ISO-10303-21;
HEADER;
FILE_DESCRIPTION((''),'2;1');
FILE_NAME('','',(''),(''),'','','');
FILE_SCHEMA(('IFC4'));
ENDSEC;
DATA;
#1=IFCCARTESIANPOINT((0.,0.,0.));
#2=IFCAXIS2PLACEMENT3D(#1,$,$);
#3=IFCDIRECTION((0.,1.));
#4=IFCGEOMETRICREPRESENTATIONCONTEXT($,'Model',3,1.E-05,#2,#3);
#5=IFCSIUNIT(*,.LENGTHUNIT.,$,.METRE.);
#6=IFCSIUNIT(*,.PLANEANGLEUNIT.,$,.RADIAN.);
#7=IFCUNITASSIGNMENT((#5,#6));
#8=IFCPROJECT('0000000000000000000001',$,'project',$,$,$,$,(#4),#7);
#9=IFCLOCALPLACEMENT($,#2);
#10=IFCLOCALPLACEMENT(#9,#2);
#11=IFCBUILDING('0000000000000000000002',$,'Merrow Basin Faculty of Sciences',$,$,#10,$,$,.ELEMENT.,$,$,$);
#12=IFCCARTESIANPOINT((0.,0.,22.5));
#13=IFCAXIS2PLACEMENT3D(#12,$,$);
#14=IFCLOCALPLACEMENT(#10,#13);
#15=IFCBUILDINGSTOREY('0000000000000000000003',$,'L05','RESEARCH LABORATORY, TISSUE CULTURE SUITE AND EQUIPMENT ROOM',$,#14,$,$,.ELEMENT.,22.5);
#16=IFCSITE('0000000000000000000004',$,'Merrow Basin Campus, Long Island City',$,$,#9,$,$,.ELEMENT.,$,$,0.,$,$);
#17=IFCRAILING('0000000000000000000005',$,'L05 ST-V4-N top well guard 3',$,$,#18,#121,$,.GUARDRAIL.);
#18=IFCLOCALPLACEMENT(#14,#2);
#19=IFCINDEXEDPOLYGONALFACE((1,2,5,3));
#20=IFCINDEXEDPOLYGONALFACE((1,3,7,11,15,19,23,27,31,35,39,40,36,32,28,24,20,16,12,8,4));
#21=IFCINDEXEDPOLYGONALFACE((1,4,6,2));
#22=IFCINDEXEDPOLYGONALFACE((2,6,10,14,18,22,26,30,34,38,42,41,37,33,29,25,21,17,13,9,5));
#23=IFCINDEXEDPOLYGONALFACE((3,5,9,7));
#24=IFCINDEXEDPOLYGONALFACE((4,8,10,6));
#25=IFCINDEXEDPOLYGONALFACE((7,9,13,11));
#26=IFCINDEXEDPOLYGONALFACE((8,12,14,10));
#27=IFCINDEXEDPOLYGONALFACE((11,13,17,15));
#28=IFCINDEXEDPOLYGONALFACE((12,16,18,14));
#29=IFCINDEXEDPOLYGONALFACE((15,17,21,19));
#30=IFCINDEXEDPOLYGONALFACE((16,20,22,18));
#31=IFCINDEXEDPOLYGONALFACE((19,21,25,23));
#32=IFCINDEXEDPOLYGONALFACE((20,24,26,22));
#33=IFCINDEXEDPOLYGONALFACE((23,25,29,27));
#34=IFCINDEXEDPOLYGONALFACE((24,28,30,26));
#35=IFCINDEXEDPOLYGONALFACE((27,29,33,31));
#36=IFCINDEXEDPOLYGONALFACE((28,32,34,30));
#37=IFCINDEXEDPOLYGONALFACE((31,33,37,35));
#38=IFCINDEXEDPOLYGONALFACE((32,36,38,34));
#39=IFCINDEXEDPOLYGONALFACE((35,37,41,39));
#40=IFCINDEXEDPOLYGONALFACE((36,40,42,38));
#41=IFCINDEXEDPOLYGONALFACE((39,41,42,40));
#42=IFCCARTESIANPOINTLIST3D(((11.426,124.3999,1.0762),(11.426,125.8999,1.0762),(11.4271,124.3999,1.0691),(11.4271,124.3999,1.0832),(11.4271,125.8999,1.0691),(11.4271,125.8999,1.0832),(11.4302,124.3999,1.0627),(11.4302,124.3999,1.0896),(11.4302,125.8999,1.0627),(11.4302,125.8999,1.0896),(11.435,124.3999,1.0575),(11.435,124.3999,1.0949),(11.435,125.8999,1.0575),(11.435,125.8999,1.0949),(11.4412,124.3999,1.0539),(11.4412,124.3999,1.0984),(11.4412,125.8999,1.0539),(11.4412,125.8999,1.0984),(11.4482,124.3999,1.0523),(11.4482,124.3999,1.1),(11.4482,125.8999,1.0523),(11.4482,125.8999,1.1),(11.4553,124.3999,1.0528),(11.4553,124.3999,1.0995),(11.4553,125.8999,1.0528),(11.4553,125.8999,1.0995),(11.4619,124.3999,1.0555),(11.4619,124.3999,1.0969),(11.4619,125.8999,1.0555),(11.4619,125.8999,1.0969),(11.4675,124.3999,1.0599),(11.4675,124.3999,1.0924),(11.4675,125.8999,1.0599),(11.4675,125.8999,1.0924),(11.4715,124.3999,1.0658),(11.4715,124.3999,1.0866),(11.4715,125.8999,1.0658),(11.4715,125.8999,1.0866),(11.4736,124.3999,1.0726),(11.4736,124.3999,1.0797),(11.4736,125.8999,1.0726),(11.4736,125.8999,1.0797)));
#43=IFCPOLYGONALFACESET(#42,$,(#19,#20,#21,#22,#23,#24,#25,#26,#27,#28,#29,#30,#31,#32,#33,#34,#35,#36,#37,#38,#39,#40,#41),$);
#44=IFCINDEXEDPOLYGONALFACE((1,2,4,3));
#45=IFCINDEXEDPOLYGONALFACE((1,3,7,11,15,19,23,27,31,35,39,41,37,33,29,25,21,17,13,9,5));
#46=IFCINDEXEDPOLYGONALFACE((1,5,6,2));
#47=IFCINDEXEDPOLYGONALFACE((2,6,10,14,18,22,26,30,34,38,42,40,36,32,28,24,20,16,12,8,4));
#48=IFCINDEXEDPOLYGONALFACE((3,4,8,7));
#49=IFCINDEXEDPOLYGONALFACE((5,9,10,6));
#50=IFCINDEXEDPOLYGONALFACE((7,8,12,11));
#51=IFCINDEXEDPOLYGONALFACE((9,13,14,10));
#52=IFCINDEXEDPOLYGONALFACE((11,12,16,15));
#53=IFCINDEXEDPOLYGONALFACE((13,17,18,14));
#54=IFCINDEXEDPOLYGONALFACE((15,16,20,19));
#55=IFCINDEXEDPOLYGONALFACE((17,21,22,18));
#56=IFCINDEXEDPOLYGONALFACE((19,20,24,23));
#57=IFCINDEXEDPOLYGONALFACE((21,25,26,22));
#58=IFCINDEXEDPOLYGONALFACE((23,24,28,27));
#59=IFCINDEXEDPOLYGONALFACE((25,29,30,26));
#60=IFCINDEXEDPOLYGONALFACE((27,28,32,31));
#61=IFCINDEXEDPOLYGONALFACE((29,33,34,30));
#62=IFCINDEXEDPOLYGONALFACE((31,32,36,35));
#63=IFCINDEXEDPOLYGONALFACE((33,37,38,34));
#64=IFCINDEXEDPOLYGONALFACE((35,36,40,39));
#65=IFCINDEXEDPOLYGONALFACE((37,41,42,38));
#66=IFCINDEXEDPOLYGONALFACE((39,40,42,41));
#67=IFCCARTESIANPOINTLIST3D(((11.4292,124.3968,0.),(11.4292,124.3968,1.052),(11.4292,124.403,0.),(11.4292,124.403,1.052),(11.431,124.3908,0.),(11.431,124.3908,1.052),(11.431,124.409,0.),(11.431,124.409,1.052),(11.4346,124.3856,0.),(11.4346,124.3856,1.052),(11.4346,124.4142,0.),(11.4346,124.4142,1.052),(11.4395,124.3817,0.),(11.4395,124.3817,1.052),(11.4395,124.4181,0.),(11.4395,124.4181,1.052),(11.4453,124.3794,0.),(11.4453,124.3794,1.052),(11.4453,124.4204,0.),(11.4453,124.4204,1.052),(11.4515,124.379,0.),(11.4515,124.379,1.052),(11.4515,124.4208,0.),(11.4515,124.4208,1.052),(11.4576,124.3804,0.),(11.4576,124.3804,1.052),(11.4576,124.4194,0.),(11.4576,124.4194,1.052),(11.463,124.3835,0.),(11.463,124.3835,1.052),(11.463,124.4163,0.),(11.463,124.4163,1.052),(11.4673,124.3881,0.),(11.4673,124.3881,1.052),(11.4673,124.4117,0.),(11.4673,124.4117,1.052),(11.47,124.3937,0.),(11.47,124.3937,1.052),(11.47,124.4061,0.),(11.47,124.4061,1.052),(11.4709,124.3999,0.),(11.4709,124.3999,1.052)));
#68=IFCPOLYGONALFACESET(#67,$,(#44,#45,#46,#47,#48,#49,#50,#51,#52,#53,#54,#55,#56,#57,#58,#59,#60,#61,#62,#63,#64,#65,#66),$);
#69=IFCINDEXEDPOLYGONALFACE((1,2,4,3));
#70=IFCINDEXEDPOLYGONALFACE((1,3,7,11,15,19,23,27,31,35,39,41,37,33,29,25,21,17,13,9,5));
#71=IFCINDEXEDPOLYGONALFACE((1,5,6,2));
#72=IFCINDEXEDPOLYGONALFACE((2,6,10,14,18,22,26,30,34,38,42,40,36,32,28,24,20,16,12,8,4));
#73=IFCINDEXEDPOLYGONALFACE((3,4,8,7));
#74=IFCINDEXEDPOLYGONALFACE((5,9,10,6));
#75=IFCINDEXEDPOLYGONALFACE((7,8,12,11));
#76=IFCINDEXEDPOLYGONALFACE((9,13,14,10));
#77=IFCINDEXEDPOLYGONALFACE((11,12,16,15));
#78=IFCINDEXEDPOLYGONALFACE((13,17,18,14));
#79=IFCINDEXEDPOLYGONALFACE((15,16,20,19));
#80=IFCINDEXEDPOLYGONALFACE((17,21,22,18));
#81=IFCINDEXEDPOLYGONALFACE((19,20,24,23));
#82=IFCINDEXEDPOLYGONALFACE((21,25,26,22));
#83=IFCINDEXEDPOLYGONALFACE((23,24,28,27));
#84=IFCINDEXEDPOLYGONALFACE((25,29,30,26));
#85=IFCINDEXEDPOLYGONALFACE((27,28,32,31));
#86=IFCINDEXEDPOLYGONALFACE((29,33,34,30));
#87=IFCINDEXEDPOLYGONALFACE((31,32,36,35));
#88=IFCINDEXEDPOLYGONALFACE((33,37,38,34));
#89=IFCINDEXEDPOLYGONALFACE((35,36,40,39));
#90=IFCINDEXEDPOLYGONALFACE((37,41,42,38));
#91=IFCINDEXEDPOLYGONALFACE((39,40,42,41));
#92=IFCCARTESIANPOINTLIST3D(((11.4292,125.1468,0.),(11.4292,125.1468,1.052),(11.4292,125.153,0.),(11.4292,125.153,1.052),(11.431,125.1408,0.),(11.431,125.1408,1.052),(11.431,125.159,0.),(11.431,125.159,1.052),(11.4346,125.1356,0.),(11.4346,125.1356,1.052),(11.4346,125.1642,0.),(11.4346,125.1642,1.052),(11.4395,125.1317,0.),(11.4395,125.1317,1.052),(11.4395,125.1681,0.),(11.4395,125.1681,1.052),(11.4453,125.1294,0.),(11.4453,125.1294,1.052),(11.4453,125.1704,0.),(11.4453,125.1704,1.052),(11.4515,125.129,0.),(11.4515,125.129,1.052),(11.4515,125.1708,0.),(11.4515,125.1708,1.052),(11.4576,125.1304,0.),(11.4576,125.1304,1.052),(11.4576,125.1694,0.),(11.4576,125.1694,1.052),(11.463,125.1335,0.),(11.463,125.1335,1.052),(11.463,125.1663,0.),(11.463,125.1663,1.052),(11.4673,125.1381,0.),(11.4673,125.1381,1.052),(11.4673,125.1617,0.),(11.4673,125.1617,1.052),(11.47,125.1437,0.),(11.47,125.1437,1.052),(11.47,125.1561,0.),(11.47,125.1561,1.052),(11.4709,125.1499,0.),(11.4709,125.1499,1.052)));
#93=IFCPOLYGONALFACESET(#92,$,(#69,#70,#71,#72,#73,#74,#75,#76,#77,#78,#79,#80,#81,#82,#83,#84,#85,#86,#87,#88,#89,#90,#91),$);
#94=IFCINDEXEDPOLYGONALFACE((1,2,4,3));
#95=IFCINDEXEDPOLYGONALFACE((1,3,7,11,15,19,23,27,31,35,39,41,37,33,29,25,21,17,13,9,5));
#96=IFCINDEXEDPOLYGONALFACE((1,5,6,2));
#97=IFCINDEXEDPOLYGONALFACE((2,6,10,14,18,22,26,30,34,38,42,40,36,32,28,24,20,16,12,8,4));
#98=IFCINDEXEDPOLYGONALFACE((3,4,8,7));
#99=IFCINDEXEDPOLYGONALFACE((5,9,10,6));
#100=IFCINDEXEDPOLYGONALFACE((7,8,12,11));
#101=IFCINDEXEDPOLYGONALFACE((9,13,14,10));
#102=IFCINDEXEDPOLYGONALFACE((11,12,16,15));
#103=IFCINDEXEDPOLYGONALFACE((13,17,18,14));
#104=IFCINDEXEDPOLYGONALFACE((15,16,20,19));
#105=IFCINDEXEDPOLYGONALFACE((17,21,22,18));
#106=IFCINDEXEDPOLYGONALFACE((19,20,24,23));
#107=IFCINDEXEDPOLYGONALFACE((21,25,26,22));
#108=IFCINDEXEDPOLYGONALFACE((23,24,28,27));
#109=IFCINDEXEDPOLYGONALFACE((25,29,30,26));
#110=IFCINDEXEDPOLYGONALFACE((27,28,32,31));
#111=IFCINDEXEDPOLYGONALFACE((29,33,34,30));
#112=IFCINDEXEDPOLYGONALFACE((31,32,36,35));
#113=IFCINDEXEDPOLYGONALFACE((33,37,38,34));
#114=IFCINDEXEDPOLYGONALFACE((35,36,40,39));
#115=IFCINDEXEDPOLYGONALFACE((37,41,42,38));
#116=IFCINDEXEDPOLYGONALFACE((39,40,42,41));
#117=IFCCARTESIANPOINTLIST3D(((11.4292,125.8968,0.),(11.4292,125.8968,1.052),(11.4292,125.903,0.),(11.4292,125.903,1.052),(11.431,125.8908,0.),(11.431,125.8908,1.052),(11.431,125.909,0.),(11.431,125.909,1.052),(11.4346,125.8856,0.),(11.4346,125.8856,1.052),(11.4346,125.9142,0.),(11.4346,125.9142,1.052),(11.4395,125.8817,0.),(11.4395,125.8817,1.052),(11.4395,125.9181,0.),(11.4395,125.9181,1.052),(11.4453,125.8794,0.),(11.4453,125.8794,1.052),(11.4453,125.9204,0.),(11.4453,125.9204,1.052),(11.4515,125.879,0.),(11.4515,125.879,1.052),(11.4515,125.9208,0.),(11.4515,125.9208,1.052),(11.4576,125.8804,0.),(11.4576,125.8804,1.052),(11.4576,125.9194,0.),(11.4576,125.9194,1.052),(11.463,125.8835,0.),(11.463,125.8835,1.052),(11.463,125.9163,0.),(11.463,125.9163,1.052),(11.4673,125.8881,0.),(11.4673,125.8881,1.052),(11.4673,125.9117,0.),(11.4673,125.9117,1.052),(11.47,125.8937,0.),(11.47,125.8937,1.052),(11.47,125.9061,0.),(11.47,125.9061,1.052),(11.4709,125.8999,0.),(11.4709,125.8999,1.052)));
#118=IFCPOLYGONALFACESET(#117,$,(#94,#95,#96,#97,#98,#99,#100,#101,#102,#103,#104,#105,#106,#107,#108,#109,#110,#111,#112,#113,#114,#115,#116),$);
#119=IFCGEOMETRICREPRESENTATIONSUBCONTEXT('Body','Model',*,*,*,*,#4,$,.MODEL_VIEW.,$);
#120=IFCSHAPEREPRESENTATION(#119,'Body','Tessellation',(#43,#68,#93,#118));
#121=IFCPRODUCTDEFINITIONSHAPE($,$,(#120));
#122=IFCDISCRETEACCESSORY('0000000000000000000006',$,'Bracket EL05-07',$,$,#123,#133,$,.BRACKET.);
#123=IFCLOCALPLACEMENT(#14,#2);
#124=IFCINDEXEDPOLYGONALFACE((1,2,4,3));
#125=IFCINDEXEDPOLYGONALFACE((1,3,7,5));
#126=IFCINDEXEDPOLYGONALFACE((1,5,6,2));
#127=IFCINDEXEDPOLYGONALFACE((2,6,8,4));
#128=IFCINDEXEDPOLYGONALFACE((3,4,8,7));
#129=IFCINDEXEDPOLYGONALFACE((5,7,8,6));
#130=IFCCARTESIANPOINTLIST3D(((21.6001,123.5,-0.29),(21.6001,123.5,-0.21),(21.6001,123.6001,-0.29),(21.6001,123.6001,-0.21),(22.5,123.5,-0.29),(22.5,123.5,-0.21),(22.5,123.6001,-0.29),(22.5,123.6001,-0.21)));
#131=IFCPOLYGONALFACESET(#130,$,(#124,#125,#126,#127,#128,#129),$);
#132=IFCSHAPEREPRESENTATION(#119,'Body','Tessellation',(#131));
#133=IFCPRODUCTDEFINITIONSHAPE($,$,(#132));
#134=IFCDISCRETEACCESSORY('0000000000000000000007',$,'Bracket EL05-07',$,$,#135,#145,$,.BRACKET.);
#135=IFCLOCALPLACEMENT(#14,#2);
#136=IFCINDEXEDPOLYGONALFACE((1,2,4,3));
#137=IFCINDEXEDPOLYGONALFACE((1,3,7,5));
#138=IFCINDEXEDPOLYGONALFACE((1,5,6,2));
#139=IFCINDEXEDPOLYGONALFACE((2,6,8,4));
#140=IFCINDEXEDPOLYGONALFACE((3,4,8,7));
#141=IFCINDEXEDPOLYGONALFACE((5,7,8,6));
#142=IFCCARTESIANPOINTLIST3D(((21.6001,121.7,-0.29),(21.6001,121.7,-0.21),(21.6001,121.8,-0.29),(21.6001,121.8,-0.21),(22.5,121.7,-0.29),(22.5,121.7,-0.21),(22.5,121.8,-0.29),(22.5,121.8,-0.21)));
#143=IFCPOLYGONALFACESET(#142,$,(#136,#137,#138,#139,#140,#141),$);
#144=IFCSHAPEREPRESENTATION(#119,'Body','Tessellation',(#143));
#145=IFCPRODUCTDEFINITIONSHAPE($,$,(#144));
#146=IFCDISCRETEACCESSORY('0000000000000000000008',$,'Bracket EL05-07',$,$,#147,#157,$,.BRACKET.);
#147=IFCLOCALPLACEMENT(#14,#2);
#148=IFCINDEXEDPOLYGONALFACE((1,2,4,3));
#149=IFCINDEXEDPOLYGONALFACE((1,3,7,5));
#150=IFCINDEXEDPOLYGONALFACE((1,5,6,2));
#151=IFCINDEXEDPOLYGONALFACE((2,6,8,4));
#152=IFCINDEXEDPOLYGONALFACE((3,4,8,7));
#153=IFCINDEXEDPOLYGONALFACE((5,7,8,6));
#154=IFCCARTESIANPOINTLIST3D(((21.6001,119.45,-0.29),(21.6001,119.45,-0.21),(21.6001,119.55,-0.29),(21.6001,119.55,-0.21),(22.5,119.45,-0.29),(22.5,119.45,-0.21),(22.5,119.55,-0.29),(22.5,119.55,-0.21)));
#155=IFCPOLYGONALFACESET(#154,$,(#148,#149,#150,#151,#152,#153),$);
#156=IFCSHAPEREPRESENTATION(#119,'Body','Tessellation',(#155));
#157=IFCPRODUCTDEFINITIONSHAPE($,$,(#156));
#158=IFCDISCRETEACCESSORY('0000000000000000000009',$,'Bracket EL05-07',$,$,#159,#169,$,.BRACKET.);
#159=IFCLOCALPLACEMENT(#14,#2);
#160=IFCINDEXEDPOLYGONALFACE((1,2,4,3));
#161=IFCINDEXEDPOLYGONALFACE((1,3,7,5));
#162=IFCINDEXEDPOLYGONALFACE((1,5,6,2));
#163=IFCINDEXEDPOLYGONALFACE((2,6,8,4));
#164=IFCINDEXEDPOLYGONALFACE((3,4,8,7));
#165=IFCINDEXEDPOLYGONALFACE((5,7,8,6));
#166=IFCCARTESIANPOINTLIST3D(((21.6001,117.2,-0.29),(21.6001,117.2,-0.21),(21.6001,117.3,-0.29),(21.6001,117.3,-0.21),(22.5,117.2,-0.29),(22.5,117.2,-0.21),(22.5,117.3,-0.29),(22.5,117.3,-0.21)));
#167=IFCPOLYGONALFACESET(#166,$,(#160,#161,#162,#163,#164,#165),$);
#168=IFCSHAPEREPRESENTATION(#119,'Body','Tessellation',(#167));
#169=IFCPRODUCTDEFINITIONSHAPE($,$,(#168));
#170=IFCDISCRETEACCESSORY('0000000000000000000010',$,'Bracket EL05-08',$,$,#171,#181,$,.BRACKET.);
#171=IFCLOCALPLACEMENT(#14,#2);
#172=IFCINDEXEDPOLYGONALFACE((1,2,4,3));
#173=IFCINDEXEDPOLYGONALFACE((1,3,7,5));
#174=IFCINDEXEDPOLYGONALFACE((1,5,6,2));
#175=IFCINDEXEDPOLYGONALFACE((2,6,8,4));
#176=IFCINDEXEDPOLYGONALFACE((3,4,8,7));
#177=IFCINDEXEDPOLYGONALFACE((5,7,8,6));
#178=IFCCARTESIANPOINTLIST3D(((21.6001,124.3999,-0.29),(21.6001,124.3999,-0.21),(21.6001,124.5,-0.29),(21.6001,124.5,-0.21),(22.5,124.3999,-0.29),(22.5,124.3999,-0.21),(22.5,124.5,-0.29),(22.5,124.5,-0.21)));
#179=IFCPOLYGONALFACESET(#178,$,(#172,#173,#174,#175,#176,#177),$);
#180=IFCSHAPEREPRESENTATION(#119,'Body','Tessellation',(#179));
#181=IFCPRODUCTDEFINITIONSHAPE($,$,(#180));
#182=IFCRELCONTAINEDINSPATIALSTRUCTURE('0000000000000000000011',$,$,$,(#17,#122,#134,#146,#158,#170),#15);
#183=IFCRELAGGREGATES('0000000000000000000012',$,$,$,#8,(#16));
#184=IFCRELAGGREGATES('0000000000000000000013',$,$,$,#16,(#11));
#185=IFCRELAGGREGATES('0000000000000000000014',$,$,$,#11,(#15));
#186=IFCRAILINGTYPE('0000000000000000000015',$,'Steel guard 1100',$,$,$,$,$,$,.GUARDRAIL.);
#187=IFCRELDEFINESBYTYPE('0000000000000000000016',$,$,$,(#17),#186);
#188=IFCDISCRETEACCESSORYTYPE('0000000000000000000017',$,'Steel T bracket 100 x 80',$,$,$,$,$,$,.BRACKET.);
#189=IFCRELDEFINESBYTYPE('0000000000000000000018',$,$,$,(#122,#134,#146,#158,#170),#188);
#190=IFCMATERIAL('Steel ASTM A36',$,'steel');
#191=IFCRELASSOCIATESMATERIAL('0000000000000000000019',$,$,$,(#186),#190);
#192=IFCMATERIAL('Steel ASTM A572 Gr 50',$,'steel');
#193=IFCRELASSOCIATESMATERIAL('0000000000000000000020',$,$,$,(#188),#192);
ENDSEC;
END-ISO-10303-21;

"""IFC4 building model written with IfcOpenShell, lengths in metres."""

from ifc_helpers import new_model, si_unit, direction, frame, origin, origin_2d, place, context, subcontext, project, spatial, polyline, circle, outline, extrude, source, transform, mapped, material, type_object, element, save


model = new_model("IFC4")

# Units and contexts
model_context = context("Model", 3, precision=1e-05, world=origin(), true_north=direction((0.0, 1.0)))
body_context = subcontext(model_context, "Body", "Model", "MODEL_VIEW")
ifc_project = project(units=[si_unit("LENGTHUNIT", "METRE"), si_unit("PLANEANGLEUNIT", "RADIAN")], contexts=[model_context])

# Site, building, storey
site_placement = place(None, origin())
site = spatial("IfcSite", under=ifc_project, at=site_placement, Name="Merrow Basin Campus, Long Island City", CompositionType="ELEMENT", RefElevation=0.0)
building_placement = place(site_placement, origin())
building = spatial("IfcBuilding", under=site, at=building_placement, Name="Merrow Basin Faculty of Sciences", CompositionType="ELEMENT")
storey_placement = place(building_placement, frame((0.0, 0.0, 22.5)))
storey = spatial("IfcBuildingStorey", under=building, at=storey_placement, Name="L05", Description="RESEARCH LABORATORY, TISSUE CULTURE SUITE AND EQUIPMENT ROOM", CompositionType="ELEMENT", Elevation=22.5)

# Railing
ifc_material_1 = material(Name="Steel ASTM A36", Category="steel")
railing_type = type_object("IfcRailingType", Name="Steel guard 1100", PredefinedType="GUARDRAIL", material=ifc_material_1)
railing_placement = place(storey_placement, frame((11.45, 124.3999, 0.0)))
element("IfcRailing", 1, at=railing_placement, inside=storey, type_object=railing_type, Name="L05 ST-V4-N top well guard 3", PredefinedType="GUARDRAIL", context=body_context, shape_type="SweptSolid", body=[
    extrude(circle(Radius=0.0239, at=origin_2d()), frame((0.0, 0.0, 1.0762), z_axis=(0.0, 1.0, 0.0), x_axis=(-1.0, 0.0, 0.0)), (0.0, 0.0, 1.0), 1.5),
    extrude(circle(Radius=0.021, at=origin_2d()), origin(), (0.0, 0.0, 1.0), 1.052),
    extrude(circle(Radius=0.021, at=origin_2d()), frame((0.0, 0.75, 0.0)), (0.0, 0.0, 1.0), 1.052),
    extrude(circle(Radius=0.021, at=origin_2d()), frame((0.0, 1.5, 0.0)), (0.0, 0.0, 1.0), 1.052),
])

# Discrete accessories
ifc_material_2 = material(Name="Steel ASTM A572 Gr 50", Category="steel")
discrete_accessory_type = type_object("IfcDiscreteAccessoryType", Name="Steel T bracket 100 x 80", PredefinedType="BRACKET", material=ifc_material_2)
shared_shape_1 = source(origin(), body_context, "Body", "SweptSolid", [
    extrude(outline(polyline([(0.0, 0.0), (0.1001, 0.0), (0.1001, 0.0801), (0.0, 0.0801), (0.0, 0.0)])), origin(), (0.0, 0.0, 1.0), 0.8999),
])
for number, where, z_axis, x_axis, name in (
    (2, (22.5, 123.6001, -0.29), (-1.0, 0.0, 0.0), (0.0, -1.0, 0.0), "Bracket EL05-07"),
    (3, (22.5, 121.8, -0.29), (-1.0, 0.0, 0.0), (0.0, -1.0, 0.0), "Bracket EL05-07"),
    (4, (22.5, 119.55, -0.29), (-1.0, 0.0, 0.0), (0.0, -1.0, 0.0), "Bracket EL05-07"),
    (5, (22.5, 117.3, -0.29), (-1.0, 0.0, 0.0), (0.0, -1.0, 0.0), "Bracket EL05-07"),
    (6, (22.5, 124.5, -0.29), (-1.0, 0.0, 0.0), (0.0, -1.0, 0.0), "Bracket EL05-08"),
):
    element("IfcDiscreteAccessory", number, at=place(storey_placement, frame(where, z_axis=z_axis, x_axis=x_axis)), inside=storey, type_object=discrete_accessory_type, Name=name, PredefinedType="BRACKET", context=body_context, shape_type="MappedRepresentation", body=[
        mapped(shared_shape_1, transform((0.0, 0.0, 0.0), scale=1.0)),
    ])

save(model, "model.ifc")
